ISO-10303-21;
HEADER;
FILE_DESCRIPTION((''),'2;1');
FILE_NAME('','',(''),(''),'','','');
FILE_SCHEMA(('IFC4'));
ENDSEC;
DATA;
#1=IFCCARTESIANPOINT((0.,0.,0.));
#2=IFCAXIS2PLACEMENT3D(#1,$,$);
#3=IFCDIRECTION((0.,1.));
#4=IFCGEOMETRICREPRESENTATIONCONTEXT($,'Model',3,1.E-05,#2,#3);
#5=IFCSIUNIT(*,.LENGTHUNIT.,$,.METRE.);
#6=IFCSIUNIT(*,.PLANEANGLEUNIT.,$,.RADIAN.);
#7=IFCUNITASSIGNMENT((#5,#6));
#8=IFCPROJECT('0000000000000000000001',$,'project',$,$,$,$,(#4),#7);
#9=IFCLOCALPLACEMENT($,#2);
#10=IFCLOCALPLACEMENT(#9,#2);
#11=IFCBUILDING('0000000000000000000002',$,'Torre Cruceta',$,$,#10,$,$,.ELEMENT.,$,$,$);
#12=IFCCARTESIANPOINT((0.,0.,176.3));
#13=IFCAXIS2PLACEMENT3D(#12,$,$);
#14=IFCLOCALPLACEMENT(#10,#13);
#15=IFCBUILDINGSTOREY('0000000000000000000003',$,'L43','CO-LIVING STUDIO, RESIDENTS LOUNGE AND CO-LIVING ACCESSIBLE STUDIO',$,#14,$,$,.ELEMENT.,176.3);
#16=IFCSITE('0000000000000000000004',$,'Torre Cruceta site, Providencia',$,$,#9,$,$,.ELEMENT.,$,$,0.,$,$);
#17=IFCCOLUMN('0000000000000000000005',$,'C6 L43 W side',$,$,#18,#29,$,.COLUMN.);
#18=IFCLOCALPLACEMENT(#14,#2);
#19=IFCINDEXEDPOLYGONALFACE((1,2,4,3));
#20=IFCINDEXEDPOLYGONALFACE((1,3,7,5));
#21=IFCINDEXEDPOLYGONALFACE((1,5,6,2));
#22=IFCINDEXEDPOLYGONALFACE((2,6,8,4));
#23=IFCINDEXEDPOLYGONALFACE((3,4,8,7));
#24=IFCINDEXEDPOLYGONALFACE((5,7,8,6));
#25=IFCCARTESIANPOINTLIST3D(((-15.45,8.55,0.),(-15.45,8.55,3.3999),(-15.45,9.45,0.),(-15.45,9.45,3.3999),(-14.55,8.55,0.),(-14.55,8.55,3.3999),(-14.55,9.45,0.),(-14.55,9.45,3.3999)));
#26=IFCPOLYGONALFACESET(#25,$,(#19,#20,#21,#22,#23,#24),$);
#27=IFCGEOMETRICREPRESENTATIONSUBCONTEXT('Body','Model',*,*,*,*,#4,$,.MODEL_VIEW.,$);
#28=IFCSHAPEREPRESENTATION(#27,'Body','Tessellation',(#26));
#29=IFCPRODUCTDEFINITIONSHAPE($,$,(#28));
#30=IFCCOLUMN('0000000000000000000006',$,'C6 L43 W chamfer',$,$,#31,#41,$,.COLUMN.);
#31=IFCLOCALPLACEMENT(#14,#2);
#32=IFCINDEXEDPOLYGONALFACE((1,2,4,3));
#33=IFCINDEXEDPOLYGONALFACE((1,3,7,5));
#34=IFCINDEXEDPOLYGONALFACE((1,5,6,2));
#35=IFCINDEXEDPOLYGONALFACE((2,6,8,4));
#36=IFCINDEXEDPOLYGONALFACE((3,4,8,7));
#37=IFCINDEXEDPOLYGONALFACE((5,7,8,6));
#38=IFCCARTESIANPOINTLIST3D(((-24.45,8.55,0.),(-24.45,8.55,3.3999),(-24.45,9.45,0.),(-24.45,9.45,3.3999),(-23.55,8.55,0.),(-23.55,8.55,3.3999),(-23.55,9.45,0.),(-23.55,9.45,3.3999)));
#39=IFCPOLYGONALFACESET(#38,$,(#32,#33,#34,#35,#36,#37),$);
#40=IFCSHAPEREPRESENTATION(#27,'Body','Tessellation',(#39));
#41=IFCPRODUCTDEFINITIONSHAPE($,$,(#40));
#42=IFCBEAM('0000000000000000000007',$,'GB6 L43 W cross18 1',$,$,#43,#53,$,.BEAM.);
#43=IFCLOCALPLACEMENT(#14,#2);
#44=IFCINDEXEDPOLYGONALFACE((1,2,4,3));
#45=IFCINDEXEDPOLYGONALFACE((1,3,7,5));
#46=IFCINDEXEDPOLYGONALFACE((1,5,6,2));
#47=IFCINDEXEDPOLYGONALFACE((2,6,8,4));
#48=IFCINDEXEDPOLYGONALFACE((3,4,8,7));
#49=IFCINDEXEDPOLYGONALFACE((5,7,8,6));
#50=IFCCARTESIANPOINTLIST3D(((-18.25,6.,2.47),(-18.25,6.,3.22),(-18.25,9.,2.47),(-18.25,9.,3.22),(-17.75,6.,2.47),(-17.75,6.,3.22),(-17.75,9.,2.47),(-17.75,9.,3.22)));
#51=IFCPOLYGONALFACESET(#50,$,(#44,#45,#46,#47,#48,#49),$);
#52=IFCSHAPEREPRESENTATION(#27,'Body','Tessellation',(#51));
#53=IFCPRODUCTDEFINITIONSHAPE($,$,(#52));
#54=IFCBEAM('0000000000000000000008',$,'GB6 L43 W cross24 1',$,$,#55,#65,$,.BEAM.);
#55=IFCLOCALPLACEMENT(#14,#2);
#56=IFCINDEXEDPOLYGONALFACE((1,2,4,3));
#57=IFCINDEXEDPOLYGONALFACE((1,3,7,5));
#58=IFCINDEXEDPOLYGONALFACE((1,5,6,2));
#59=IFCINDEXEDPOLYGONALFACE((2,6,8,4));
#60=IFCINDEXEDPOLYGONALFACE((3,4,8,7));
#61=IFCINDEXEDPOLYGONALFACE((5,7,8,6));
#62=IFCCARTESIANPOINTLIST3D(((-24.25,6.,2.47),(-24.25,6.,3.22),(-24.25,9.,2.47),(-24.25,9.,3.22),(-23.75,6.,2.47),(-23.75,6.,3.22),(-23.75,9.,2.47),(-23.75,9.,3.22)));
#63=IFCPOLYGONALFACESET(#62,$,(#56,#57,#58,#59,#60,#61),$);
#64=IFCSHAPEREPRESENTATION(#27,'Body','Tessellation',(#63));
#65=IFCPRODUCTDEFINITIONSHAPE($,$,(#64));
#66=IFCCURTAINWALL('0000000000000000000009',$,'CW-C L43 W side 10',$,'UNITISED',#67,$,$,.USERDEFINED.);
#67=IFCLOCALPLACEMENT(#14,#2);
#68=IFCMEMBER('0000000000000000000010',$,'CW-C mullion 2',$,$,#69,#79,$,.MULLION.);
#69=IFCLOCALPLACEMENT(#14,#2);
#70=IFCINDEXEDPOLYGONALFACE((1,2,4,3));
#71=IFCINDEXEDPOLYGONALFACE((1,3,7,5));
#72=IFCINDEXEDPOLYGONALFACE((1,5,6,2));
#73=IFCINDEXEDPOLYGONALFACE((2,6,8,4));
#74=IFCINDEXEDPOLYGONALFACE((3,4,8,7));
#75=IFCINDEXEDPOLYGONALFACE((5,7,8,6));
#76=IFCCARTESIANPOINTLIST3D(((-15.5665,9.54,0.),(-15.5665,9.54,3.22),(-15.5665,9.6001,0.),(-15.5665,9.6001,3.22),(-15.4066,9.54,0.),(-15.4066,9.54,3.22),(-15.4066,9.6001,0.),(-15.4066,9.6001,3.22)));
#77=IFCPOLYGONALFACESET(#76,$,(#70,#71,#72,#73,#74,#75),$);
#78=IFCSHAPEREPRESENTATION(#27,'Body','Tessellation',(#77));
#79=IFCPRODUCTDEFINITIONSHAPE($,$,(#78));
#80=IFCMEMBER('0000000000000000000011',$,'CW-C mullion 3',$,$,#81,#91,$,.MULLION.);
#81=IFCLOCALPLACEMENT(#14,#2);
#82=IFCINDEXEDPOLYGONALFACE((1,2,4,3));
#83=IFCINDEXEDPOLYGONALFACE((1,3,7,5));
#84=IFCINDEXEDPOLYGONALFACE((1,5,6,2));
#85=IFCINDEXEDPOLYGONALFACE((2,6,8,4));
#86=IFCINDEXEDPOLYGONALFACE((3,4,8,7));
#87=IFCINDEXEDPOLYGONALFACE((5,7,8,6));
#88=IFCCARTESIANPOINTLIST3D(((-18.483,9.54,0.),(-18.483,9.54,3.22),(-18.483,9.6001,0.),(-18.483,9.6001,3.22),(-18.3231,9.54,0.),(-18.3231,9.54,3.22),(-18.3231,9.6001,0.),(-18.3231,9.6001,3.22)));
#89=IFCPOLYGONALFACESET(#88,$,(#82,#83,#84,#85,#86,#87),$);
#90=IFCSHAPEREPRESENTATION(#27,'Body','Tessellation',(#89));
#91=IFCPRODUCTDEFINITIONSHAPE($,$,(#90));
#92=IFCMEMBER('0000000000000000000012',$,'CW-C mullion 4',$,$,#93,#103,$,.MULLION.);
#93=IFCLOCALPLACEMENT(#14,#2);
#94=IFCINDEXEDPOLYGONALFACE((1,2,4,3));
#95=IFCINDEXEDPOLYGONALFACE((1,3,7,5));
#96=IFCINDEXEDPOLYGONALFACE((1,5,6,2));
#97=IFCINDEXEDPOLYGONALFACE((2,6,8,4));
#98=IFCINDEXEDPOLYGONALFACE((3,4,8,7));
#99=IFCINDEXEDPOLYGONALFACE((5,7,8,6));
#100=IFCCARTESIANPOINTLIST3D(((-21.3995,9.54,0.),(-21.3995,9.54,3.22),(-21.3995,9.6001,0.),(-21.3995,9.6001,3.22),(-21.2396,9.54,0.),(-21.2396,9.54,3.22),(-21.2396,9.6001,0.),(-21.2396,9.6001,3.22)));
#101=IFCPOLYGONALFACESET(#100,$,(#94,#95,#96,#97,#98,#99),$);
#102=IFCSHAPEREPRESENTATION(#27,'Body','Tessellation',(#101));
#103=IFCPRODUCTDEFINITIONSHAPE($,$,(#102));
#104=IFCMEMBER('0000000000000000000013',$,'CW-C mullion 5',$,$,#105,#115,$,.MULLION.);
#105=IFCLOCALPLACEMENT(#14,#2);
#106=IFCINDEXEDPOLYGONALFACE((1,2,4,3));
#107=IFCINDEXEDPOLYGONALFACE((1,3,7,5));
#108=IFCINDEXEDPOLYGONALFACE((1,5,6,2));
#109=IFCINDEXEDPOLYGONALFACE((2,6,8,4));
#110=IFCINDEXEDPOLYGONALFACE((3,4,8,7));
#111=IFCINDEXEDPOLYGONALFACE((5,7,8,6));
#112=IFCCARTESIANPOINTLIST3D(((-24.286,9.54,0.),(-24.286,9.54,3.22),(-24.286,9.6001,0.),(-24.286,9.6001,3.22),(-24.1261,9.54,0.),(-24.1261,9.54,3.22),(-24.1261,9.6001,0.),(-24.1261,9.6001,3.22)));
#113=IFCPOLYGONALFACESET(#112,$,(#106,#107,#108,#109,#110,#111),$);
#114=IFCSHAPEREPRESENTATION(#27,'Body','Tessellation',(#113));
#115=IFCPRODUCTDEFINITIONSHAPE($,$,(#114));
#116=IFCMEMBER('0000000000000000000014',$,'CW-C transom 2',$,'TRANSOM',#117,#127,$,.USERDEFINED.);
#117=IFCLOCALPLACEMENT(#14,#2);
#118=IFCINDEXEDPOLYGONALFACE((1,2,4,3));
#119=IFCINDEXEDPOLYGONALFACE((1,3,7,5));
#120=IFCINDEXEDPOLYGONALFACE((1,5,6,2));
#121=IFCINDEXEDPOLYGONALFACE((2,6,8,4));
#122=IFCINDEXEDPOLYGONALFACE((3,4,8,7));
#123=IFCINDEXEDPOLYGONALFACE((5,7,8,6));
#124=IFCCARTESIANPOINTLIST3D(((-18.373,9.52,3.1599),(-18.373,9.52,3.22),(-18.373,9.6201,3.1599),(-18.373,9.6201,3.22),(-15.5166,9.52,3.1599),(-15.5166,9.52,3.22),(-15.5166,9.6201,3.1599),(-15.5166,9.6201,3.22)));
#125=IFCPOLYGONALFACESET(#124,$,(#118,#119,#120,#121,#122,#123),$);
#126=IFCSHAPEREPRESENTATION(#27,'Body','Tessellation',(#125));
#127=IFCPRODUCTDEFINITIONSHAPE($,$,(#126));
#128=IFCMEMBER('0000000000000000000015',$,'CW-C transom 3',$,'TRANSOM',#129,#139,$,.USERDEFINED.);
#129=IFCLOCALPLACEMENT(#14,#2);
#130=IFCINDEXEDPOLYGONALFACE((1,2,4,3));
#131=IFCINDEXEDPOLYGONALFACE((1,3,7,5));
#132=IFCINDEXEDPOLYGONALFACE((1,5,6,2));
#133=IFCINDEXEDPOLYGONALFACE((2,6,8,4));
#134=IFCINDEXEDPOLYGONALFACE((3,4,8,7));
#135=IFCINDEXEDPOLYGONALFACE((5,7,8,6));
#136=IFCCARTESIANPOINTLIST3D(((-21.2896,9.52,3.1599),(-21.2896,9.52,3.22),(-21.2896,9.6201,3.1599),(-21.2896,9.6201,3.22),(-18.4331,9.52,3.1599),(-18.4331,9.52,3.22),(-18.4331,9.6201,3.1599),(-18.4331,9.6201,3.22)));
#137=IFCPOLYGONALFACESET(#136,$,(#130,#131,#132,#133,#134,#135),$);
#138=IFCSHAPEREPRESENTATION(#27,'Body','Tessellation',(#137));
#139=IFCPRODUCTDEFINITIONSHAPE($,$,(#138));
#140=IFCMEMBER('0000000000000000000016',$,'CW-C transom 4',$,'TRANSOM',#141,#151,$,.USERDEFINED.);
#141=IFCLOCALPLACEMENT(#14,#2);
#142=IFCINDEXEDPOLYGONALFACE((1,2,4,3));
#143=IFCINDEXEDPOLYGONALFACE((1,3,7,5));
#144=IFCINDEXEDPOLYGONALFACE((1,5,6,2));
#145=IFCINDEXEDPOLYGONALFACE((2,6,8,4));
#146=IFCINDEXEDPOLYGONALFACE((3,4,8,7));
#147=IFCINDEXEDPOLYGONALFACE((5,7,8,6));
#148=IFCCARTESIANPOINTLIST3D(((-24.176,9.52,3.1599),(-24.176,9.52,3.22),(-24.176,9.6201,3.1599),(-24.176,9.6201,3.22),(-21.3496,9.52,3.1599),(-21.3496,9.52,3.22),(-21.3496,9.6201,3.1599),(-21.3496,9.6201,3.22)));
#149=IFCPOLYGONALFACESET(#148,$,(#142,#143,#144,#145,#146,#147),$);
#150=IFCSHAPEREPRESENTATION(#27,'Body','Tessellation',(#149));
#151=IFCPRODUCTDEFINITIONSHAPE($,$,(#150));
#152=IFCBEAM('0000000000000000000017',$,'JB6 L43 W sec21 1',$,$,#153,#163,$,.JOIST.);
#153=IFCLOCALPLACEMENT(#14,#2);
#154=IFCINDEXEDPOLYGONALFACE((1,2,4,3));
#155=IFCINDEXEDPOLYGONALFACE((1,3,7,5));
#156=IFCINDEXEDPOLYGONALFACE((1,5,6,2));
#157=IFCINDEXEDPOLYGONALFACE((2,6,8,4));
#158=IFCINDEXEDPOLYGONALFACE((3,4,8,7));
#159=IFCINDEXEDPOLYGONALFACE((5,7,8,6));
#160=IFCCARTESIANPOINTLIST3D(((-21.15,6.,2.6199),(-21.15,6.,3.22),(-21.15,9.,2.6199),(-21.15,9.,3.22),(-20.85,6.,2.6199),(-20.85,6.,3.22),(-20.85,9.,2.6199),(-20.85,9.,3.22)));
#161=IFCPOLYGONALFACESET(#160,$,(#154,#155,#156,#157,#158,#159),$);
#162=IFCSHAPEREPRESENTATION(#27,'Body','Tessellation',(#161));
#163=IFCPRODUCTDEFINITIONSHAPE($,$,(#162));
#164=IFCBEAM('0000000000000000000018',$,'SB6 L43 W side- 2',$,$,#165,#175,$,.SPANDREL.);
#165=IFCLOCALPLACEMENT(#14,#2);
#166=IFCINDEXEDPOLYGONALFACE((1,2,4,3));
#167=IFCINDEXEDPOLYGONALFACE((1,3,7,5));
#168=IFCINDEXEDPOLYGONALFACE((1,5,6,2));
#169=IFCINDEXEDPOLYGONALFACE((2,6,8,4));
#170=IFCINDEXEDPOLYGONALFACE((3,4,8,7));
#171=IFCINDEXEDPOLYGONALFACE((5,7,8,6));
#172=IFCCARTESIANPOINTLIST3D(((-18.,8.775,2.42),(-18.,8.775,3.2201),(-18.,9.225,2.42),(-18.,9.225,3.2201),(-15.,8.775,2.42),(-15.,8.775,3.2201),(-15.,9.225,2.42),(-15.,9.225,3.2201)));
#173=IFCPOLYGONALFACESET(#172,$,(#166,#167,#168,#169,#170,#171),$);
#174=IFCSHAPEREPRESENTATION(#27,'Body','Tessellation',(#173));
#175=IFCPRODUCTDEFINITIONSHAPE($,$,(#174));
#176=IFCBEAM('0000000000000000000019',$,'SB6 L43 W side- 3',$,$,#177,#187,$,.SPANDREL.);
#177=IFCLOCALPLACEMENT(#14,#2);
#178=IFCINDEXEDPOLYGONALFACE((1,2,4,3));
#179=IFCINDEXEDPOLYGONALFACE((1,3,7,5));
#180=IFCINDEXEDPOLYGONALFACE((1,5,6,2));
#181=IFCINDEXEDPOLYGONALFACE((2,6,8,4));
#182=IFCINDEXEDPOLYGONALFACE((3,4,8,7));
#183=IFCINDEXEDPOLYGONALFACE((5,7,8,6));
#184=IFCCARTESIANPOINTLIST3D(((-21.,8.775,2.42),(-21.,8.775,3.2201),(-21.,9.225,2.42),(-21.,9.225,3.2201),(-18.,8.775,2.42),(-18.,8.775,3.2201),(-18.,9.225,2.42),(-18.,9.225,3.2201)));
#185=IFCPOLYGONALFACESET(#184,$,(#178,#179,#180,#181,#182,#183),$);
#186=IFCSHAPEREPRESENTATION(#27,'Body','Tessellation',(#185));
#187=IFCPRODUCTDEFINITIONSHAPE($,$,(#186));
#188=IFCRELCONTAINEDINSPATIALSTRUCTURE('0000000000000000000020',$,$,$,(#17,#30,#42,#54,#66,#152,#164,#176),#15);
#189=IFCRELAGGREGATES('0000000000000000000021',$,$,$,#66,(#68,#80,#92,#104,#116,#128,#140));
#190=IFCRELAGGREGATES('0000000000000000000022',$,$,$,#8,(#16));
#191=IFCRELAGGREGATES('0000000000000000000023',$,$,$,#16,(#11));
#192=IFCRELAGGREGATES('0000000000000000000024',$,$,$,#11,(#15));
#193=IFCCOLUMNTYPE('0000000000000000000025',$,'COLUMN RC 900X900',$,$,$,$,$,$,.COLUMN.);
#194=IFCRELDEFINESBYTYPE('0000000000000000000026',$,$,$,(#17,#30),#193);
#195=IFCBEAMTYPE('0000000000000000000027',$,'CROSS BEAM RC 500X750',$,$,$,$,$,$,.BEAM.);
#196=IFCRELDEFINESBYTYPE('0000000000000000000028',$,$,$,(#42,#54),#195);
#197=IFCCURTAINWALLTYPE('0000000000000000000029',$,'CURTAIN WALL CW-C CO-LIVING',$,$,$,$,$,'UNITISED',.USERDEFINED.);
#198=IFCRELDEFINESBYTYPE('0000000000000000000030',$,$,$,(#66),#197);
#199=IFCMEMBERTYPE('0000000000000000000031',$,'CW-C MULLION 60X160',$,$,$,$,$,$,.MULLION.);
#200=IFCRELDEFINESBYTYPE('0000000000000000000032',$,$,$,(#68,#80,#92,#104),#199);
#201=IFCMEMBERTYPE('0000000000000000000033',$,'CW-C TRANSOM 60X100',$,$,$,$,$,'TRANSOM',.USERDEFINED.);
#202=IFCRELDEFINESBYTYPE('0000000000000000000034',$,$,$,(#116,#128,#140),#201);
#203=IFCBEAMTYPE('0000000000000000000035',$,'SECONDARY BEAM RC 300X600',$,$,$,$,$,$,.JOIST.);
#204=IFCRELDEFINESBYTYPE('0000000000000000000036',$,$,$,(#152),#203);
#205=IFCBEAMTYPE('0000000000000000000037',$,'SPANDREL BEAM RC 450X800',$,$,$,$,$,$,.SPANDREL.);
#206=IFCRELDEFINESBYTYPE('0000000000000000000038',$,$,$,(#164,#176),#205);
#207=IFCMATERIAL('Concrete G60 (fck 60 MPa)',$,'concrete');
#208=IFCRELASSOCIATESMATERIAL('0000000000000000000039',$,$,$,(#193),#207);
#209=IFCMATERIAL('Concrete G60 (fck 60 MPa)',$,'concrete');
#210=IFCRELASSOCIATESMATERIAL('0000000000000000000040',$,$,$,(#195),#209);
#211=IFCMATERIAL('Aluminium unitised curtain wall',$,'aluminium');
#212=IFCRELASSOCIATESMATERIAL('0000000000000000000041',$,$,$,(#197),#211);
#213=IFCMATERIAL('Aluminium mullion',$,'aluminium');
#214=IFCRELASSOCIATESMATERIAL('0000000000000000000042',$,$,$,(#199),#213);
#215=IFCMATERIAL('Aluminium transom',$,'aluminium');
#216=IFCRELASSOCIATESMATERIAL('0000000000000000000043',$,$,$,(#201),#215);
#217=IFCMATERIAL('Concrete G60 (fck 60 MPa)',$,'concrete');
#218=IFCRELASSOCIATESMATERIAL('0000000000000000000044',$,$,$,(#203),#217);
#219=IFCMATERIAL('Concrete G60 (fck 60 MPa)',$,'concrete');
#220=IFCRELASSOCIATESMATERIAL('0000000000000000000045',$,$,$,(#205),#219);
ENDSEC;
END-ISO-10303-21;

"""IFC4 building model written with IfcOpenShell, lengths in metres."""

from ifc_helpers import new_model, si_unit, direction, frame, origin, origin_2d, place, context, subcontext, project, spatial, rectangle, extrude, material, material_profile, profile_set, type_object, element, aggregate, save


model = new_model("IFC4")

# Units and contexts
model_context = context("Model", 3, precision=1e-05, world=origin(), true_north=direction((0.0, 1.0)))
body_context = subcontext(model_context, "Body", "Model", "MODEL_VIEW")
ifc_project = project(units=[si_unit("LENGTHUNIT", "METRE"), si_unit("PLANEANGLEUNIT", "RADIAN")], contexts=[model_context])

# Site, building, storey
site_placement = place(None, origin())
site = spatial("IfcSite", under=ifc_project, at=site_placement, Name="Torre Cruceta site, Providencia", CompositionType="ELEMENT", RefElevation=0.0)
building_placement = place(site_placement, origin())
building = spatial("IfcBuilding", under=site, at=building_placement, Name="Torre Cruceta", CompositionType="ELEMENT")
storey_placement = place(building_placement, frame((0.0, 0.0, 176.3)))
storey = spatial("IfcBuildingStorey", under=building, at=storey_placement, Name="L43", Description="CO-LIVING STUDIO, RESIDENTS LOUNGE AND CO-LIVING ACCESSIBLE STUDIO", CompositionType="ELEMENT", Elevation=176.3)

# Columns
ifc_material_1 = material(Name="Concrete G60 (fck 60 MPa)", Category="concrete")
ifc_material_profile_1 = material_profile(ifc_material_1, rectangle(XDim=0.8999, YDim=0.8999, at=origin_2d()), Name="RC 900X900")
ifc_profile_set_1 = profile_set([ifc_material_profile_1], Name="Concrete G60 (fck 60 MPa)")
column_type = type_object("IfcColumnType", Name="COLUMN RC 900X900", PredefinedType="COLUMN", material=ifc_profile_set_1)
for number, where, z_axis, x_axis, name in (
    (1, (-15.0, 9.0, 0.0), (0.0, 0.0, 1.0), (1.0, 0.0, 0.0), "C6 L43 W side"),
    (2, (-24.0, 9.0, 0.0), (0.0, 0.0, 1.0), (1.0, 0.0, 0.0), "C6 L43 W chamfer"),
):
    element("IfcColumn", number, at=place(storey_placement, frame(where, z_axis=z_axis, x_axis=x_axis)), inside=storey, type_object=column_type, Name=name, PredefinedType="COLUMN", context=body_context, shape_type="SweptSolid", body=[
        extrude(rectangle(XDim=0.8999, YDim=0.8999, at=origin_2d()), origin(), (0.0, 0.0, 1.0), 3.3999),
    ])

# Beams
ifc_material_2 = material(Name="Concrete G60 (fck 60 MPa)", Category="concrete")
ifc_material_profile_2 = material_profile(ifc_material_2, rectangle(XDim=0.5, YDim=0.75, at=origin_2d()), Name="RC 500X750")
ifc_profile_set_2 = profile_set([ifc_material_profile_2], Name="Concrete G60 (fck 60 MPa)")
beam_type_1 = type_object("IfcBeamType", Name="CROSS BEAM RC 500X750", PredefinedType="BEAM", material=ifc_profile_set_2)
for number, where, z_axis, x_axis, name in (
    (3, (-18.0, 9.0, 2.845), (0.0, -1.0, 0.0), (1.0, 0.0, 0.0), "GB6 L43 W cross18 1"),
    (4, (-24.0, 9.0, 2.845), (0.0, -1.0, 0.0), (1.0, 0.0, 0.0), "GB6 L43 W cross24 1"),
):
    element("IfcBeam", number, at=place(storey_placement, frame(where, z_axis=z_axis, x_axis=x_axis)), inside=storey, type_object=beam_type_1, Name=name, PredefinedType="BEAM", context=body_context, shape_type="SweptSolid", body=[
        extrude(rectangle(XDim=0.5, YDim=0.75, at=origin_2d()), origin(), (0.0, 0.0, 1.0), 3.0),
    ])

# Curtain wall, members
ifc_material_3 = material(Name="Aluminium unitised curtain wall", Category="aluminium")
curtain_wall_type = type_object("IfcCurtainWallType", Name="CURTAIN WALL CW-C CO-LIVING", ElementType="UNITISED", PredefinedType="USERDEFINED", material=ifc_material_3)
curtain_wall_placement = place(storey_placement, origin())
curtain_wall = element("IfcCurtainWall", 5, at=curtain_wall_placement, inside=storey, type_object=curtain_wall_type, Name="CW-C L43 W side 10", ObjectType="UNITISED", PredefinedType="USERDEFINED")
ifc_material_4 = material(Name="Aluminium mullion", Category="aluminium")
ifc_material_profile_3 = material_profile(ifc_material_4, rectangle(XDim=0.0601, YDim=0.1599, at=origin_2d()), Name="AL 60X160")
ifc_profile_set_3 = profile_set([ifc_material_profile_3], Name="Aluminium mullion")
member_type_1 = type_object("IfcMemberType", Name="CW-C MULLION 60X160", PredefinedType="MULLION", material=ifc_profile_set_3)
member_1_placement = place(storey_placement, frame((-15.4866, 9.5701, 0.0), z_axis=(0.0, 0.0, 1.0), x_axis=(0.0, -1.0, 0.0)))
member_1 = element("IfcMember", 6, at=member_1_placement, type_object=member_type_1, Name="CW-C mullion 2", PredefinedType="MULLION", context=body_context, shape_type="SweptSolid", body=[
    extrude(rectangle(XDim=0.0601, YDim=0.1599, at=origin_2d()), origin(), (0.0, 0.0, 1.0), 3.22),
])
member_2_placement = place(storey_placement, frame((-18.4031, 9.5701, 0.0), z_axis=(0.0, 0.0, 1.0), x_axis=(0.0, -1.0, 0.0)))
member_2 = element("IfcMember", 7, at=member_2_placement, type_object=member_type_1, Name="CW-C mullion 3", PredefinedType="MULLION", context=body_context, shape_type="SweptSolid", body=[
    extrude(rectangle(XDim=0.0601, YDim=0.1599, at=origin_2d()), origin(), (0.0, 0.0, 1.0), 3.22),
])
member_3_placement = place(storey_placement, frame((-21.3196, 9.5701, 0.0), z_axis=(0.0, 0.0, 1.0), x_axis=(0.0, -1.0, 0.0)))
member_3 = element("IfcMember", 8, at=member_3_placement, type_object=member_type_1, Name="CW-C mullion 4", PredefinedType="MULLION", context=body_context, shape_type="SweptSolid", body=[
    extrude(rectangle(XDim=0.0601, YDim=0.1599, at=origin_2d()), origin(), (0.0, 0.0, 1.0), 3.22),
])
member_4_placement = place(storey_placement, frame((-24.2061, 9.5701, 0.0), z_axis=(0.0, 0.0, 1.0), x_axis=(0.0, -1.0, 0.0)))
member_4 = element("IfcMember", 9, at=member_4_placement, type_object=member_type_1, Name="CW-C mullion 5", PredefinedType="MULLION", context=body_context, shape_type="SweptSolid", body=[
    extrude(rectangle(XDim=0.0601, YDim=0.1599, at=origin_2d()), origin(), (0.0, 0.0, 1.0), 3.22),
])
ifc_material_5 = material(Name="Aluminium transom", Category="aluminium")
ifc_material_profile_4 = material_profile(ifc_material_5, rectangle(XDim=0.1001, YDim=0.0601, at=origin_2d()), Name="AL 100X60")
ifc_profile_set_4 = profile_set([ifc_material_profile_4], Name="Aluminium transom")
member_type_2 = type_object("IfcMemberType", Name="CW-C TRANSOM 60X100", ElementType="TRANSOM", PredefinedType="USERDEFINED", material=ifc_profile_set_4)
member_5_placement = place(storey_placement, frame((-15.5166, 9.5701, 3.1899), z_axis=(-1.0, 0.0, 0.0), x_axis=(0.0, -1.0, 0.0)))
member_5 = element("IfcMember", 10, at=member_5_placement, type_object=member_type_2, Name="CW-C transom 2", ObjectType="TRANSOM", PredefinedType="USERDEFINED", context=body_context, shape_type="SweptSolid", body=[
    extrude(rectangle(XDim=0.1001, YDim=0.0601, at=origin_2d()), origin(), (0.0, 0.0, 1.0), 2.8564),
])
member_6_placement = place(storey_placement, frame((-18.4331, 9.5701, 3.1899), z_axis=(-1.0, 0.0, 0.0), x_axis=(0.0, -1.0, 0.0)))
member_6 = element("IfcMember", 11, at=member_6_placement, type_object=member_type_2, Name="CW-C transom 3", ObjectType="TRANSOM", PredefinedType="USERDEFINED", context=body_context, shape_type="SweptSolid", body=[
    extrude(rectangle(XDim=0.1001, YDim=0.0601, at=origin_2d()), origin(), (0.0, 0.0, 1.0), 2.8564),
])
member_7_placement = place(storey_placement, frame((-21.3496, 9.5701, 3.1899), z_axis=(-1.0, 0.0, 0.0), x_axis=(0.0, -1.0, 0.0)))
member_7 = element("IfcMember", 12, at=member_7_placement, type_object=member_type_2, Name="CW-C transom 4", ObjectType="TRANSOM", PredefinedType="USERDEFINED", context=body_context, shape_type="SweptSolid", body=[
    extrude(rectangle(XDim=0.1001, YDim=0.0601, at=origin_2d()), origin(), (0.0, 0.0, 1.0), 2.8264),
])

# Beams
ifc_material_6 = material(Name="Concrete G60 (fck 60 MPa)", Category="concrete")
ifc_material_profile_5 = material_profile(ifc_material_6, rectangle(XDim=0.3, YDim=0.6001, at=origin_2d()), Name="RC 300X600")
ifc_profile_set_5 = profile_set([ifc_material_profile_5], Name="Concrete G60 (fck 60 MPa)")
beam_type_2 = type_object("IfcBeamType", Name="SECONDARY BEAM RC 300X600", PredefinedType="JOIST", material=ifc_profile_set_5)
beam_1_placement = place(storey_placement, frame((-21.0, 9.0, 2.9199), z_axis=(0.0, -1.0, 0.0), x_axis=(1.0, 0.0, 0.0)))
element("IfcBeam", 13, at=beam_1_placement, inside=storey, type_object=beam_type_2, Name="JB6 L43 W sec21 1", PredefinedType="JOIST", context=body_context, shape_type="SweptSolid", body=[
    extrude(rectangle(XDim=0.3, YDim=0.6001, at=origin_2d()), origin(), (0.0, 0.0, 1.0), 3.0),
])
ifc_material_7 = material(Name="Concrete G60 (fck 60 MPa)", Category="concrete")
ifc_material_profile_6 = material_profile(ifc_material_7, rectangle(XDim=0.45, YDim=0.8, at=origin_2d()), Name="RC 450X800")
ifc_profile_set_6 = profile_set([ifc_material_profile_6], Name="Concrete G60 (fck 60 MPa)")
beam_type_3 = type_object("IfcBeamType", Name="SPANDREL BEAM RC 450X800", PredefinedType="SPANDREL", material=ifc_profile_set_6)
for number, where, z_axis, x_axis, name in (
    (14, (-15.0, 9.0, 2.8201), (-1.0, 0.0, 0.0), (0.0, -1.0, 0.0), "SB6 L43 W side- 2"),
    (15, (-18.0, 9.0, 2.8201), (-1.0, 0.0, 0.0), (0.0, -1.0, 0.0), "SB6 L43 W side- 3"),
):
    element("IfcBeam", number, at=place(storey_placement, frame(where, z_axis=z_axis, x_axis=x_axis)), inside=storey, type_object=beam_type_3, Name=name, PredefinedType="SPANDREL", context=body_context, shape_type="SweptSolid", body=[
        extrude(rectangle(XDim=0.45, YDim=0.8, at=origin_2d()), origin(), (0.0, 0.0, 1.0), 3.0),
    ])

aggregate(curtain_wall, [member_1, member_2, member_3, member_4, member_5, member_6, member_7])

save(model, "model.ifc")
